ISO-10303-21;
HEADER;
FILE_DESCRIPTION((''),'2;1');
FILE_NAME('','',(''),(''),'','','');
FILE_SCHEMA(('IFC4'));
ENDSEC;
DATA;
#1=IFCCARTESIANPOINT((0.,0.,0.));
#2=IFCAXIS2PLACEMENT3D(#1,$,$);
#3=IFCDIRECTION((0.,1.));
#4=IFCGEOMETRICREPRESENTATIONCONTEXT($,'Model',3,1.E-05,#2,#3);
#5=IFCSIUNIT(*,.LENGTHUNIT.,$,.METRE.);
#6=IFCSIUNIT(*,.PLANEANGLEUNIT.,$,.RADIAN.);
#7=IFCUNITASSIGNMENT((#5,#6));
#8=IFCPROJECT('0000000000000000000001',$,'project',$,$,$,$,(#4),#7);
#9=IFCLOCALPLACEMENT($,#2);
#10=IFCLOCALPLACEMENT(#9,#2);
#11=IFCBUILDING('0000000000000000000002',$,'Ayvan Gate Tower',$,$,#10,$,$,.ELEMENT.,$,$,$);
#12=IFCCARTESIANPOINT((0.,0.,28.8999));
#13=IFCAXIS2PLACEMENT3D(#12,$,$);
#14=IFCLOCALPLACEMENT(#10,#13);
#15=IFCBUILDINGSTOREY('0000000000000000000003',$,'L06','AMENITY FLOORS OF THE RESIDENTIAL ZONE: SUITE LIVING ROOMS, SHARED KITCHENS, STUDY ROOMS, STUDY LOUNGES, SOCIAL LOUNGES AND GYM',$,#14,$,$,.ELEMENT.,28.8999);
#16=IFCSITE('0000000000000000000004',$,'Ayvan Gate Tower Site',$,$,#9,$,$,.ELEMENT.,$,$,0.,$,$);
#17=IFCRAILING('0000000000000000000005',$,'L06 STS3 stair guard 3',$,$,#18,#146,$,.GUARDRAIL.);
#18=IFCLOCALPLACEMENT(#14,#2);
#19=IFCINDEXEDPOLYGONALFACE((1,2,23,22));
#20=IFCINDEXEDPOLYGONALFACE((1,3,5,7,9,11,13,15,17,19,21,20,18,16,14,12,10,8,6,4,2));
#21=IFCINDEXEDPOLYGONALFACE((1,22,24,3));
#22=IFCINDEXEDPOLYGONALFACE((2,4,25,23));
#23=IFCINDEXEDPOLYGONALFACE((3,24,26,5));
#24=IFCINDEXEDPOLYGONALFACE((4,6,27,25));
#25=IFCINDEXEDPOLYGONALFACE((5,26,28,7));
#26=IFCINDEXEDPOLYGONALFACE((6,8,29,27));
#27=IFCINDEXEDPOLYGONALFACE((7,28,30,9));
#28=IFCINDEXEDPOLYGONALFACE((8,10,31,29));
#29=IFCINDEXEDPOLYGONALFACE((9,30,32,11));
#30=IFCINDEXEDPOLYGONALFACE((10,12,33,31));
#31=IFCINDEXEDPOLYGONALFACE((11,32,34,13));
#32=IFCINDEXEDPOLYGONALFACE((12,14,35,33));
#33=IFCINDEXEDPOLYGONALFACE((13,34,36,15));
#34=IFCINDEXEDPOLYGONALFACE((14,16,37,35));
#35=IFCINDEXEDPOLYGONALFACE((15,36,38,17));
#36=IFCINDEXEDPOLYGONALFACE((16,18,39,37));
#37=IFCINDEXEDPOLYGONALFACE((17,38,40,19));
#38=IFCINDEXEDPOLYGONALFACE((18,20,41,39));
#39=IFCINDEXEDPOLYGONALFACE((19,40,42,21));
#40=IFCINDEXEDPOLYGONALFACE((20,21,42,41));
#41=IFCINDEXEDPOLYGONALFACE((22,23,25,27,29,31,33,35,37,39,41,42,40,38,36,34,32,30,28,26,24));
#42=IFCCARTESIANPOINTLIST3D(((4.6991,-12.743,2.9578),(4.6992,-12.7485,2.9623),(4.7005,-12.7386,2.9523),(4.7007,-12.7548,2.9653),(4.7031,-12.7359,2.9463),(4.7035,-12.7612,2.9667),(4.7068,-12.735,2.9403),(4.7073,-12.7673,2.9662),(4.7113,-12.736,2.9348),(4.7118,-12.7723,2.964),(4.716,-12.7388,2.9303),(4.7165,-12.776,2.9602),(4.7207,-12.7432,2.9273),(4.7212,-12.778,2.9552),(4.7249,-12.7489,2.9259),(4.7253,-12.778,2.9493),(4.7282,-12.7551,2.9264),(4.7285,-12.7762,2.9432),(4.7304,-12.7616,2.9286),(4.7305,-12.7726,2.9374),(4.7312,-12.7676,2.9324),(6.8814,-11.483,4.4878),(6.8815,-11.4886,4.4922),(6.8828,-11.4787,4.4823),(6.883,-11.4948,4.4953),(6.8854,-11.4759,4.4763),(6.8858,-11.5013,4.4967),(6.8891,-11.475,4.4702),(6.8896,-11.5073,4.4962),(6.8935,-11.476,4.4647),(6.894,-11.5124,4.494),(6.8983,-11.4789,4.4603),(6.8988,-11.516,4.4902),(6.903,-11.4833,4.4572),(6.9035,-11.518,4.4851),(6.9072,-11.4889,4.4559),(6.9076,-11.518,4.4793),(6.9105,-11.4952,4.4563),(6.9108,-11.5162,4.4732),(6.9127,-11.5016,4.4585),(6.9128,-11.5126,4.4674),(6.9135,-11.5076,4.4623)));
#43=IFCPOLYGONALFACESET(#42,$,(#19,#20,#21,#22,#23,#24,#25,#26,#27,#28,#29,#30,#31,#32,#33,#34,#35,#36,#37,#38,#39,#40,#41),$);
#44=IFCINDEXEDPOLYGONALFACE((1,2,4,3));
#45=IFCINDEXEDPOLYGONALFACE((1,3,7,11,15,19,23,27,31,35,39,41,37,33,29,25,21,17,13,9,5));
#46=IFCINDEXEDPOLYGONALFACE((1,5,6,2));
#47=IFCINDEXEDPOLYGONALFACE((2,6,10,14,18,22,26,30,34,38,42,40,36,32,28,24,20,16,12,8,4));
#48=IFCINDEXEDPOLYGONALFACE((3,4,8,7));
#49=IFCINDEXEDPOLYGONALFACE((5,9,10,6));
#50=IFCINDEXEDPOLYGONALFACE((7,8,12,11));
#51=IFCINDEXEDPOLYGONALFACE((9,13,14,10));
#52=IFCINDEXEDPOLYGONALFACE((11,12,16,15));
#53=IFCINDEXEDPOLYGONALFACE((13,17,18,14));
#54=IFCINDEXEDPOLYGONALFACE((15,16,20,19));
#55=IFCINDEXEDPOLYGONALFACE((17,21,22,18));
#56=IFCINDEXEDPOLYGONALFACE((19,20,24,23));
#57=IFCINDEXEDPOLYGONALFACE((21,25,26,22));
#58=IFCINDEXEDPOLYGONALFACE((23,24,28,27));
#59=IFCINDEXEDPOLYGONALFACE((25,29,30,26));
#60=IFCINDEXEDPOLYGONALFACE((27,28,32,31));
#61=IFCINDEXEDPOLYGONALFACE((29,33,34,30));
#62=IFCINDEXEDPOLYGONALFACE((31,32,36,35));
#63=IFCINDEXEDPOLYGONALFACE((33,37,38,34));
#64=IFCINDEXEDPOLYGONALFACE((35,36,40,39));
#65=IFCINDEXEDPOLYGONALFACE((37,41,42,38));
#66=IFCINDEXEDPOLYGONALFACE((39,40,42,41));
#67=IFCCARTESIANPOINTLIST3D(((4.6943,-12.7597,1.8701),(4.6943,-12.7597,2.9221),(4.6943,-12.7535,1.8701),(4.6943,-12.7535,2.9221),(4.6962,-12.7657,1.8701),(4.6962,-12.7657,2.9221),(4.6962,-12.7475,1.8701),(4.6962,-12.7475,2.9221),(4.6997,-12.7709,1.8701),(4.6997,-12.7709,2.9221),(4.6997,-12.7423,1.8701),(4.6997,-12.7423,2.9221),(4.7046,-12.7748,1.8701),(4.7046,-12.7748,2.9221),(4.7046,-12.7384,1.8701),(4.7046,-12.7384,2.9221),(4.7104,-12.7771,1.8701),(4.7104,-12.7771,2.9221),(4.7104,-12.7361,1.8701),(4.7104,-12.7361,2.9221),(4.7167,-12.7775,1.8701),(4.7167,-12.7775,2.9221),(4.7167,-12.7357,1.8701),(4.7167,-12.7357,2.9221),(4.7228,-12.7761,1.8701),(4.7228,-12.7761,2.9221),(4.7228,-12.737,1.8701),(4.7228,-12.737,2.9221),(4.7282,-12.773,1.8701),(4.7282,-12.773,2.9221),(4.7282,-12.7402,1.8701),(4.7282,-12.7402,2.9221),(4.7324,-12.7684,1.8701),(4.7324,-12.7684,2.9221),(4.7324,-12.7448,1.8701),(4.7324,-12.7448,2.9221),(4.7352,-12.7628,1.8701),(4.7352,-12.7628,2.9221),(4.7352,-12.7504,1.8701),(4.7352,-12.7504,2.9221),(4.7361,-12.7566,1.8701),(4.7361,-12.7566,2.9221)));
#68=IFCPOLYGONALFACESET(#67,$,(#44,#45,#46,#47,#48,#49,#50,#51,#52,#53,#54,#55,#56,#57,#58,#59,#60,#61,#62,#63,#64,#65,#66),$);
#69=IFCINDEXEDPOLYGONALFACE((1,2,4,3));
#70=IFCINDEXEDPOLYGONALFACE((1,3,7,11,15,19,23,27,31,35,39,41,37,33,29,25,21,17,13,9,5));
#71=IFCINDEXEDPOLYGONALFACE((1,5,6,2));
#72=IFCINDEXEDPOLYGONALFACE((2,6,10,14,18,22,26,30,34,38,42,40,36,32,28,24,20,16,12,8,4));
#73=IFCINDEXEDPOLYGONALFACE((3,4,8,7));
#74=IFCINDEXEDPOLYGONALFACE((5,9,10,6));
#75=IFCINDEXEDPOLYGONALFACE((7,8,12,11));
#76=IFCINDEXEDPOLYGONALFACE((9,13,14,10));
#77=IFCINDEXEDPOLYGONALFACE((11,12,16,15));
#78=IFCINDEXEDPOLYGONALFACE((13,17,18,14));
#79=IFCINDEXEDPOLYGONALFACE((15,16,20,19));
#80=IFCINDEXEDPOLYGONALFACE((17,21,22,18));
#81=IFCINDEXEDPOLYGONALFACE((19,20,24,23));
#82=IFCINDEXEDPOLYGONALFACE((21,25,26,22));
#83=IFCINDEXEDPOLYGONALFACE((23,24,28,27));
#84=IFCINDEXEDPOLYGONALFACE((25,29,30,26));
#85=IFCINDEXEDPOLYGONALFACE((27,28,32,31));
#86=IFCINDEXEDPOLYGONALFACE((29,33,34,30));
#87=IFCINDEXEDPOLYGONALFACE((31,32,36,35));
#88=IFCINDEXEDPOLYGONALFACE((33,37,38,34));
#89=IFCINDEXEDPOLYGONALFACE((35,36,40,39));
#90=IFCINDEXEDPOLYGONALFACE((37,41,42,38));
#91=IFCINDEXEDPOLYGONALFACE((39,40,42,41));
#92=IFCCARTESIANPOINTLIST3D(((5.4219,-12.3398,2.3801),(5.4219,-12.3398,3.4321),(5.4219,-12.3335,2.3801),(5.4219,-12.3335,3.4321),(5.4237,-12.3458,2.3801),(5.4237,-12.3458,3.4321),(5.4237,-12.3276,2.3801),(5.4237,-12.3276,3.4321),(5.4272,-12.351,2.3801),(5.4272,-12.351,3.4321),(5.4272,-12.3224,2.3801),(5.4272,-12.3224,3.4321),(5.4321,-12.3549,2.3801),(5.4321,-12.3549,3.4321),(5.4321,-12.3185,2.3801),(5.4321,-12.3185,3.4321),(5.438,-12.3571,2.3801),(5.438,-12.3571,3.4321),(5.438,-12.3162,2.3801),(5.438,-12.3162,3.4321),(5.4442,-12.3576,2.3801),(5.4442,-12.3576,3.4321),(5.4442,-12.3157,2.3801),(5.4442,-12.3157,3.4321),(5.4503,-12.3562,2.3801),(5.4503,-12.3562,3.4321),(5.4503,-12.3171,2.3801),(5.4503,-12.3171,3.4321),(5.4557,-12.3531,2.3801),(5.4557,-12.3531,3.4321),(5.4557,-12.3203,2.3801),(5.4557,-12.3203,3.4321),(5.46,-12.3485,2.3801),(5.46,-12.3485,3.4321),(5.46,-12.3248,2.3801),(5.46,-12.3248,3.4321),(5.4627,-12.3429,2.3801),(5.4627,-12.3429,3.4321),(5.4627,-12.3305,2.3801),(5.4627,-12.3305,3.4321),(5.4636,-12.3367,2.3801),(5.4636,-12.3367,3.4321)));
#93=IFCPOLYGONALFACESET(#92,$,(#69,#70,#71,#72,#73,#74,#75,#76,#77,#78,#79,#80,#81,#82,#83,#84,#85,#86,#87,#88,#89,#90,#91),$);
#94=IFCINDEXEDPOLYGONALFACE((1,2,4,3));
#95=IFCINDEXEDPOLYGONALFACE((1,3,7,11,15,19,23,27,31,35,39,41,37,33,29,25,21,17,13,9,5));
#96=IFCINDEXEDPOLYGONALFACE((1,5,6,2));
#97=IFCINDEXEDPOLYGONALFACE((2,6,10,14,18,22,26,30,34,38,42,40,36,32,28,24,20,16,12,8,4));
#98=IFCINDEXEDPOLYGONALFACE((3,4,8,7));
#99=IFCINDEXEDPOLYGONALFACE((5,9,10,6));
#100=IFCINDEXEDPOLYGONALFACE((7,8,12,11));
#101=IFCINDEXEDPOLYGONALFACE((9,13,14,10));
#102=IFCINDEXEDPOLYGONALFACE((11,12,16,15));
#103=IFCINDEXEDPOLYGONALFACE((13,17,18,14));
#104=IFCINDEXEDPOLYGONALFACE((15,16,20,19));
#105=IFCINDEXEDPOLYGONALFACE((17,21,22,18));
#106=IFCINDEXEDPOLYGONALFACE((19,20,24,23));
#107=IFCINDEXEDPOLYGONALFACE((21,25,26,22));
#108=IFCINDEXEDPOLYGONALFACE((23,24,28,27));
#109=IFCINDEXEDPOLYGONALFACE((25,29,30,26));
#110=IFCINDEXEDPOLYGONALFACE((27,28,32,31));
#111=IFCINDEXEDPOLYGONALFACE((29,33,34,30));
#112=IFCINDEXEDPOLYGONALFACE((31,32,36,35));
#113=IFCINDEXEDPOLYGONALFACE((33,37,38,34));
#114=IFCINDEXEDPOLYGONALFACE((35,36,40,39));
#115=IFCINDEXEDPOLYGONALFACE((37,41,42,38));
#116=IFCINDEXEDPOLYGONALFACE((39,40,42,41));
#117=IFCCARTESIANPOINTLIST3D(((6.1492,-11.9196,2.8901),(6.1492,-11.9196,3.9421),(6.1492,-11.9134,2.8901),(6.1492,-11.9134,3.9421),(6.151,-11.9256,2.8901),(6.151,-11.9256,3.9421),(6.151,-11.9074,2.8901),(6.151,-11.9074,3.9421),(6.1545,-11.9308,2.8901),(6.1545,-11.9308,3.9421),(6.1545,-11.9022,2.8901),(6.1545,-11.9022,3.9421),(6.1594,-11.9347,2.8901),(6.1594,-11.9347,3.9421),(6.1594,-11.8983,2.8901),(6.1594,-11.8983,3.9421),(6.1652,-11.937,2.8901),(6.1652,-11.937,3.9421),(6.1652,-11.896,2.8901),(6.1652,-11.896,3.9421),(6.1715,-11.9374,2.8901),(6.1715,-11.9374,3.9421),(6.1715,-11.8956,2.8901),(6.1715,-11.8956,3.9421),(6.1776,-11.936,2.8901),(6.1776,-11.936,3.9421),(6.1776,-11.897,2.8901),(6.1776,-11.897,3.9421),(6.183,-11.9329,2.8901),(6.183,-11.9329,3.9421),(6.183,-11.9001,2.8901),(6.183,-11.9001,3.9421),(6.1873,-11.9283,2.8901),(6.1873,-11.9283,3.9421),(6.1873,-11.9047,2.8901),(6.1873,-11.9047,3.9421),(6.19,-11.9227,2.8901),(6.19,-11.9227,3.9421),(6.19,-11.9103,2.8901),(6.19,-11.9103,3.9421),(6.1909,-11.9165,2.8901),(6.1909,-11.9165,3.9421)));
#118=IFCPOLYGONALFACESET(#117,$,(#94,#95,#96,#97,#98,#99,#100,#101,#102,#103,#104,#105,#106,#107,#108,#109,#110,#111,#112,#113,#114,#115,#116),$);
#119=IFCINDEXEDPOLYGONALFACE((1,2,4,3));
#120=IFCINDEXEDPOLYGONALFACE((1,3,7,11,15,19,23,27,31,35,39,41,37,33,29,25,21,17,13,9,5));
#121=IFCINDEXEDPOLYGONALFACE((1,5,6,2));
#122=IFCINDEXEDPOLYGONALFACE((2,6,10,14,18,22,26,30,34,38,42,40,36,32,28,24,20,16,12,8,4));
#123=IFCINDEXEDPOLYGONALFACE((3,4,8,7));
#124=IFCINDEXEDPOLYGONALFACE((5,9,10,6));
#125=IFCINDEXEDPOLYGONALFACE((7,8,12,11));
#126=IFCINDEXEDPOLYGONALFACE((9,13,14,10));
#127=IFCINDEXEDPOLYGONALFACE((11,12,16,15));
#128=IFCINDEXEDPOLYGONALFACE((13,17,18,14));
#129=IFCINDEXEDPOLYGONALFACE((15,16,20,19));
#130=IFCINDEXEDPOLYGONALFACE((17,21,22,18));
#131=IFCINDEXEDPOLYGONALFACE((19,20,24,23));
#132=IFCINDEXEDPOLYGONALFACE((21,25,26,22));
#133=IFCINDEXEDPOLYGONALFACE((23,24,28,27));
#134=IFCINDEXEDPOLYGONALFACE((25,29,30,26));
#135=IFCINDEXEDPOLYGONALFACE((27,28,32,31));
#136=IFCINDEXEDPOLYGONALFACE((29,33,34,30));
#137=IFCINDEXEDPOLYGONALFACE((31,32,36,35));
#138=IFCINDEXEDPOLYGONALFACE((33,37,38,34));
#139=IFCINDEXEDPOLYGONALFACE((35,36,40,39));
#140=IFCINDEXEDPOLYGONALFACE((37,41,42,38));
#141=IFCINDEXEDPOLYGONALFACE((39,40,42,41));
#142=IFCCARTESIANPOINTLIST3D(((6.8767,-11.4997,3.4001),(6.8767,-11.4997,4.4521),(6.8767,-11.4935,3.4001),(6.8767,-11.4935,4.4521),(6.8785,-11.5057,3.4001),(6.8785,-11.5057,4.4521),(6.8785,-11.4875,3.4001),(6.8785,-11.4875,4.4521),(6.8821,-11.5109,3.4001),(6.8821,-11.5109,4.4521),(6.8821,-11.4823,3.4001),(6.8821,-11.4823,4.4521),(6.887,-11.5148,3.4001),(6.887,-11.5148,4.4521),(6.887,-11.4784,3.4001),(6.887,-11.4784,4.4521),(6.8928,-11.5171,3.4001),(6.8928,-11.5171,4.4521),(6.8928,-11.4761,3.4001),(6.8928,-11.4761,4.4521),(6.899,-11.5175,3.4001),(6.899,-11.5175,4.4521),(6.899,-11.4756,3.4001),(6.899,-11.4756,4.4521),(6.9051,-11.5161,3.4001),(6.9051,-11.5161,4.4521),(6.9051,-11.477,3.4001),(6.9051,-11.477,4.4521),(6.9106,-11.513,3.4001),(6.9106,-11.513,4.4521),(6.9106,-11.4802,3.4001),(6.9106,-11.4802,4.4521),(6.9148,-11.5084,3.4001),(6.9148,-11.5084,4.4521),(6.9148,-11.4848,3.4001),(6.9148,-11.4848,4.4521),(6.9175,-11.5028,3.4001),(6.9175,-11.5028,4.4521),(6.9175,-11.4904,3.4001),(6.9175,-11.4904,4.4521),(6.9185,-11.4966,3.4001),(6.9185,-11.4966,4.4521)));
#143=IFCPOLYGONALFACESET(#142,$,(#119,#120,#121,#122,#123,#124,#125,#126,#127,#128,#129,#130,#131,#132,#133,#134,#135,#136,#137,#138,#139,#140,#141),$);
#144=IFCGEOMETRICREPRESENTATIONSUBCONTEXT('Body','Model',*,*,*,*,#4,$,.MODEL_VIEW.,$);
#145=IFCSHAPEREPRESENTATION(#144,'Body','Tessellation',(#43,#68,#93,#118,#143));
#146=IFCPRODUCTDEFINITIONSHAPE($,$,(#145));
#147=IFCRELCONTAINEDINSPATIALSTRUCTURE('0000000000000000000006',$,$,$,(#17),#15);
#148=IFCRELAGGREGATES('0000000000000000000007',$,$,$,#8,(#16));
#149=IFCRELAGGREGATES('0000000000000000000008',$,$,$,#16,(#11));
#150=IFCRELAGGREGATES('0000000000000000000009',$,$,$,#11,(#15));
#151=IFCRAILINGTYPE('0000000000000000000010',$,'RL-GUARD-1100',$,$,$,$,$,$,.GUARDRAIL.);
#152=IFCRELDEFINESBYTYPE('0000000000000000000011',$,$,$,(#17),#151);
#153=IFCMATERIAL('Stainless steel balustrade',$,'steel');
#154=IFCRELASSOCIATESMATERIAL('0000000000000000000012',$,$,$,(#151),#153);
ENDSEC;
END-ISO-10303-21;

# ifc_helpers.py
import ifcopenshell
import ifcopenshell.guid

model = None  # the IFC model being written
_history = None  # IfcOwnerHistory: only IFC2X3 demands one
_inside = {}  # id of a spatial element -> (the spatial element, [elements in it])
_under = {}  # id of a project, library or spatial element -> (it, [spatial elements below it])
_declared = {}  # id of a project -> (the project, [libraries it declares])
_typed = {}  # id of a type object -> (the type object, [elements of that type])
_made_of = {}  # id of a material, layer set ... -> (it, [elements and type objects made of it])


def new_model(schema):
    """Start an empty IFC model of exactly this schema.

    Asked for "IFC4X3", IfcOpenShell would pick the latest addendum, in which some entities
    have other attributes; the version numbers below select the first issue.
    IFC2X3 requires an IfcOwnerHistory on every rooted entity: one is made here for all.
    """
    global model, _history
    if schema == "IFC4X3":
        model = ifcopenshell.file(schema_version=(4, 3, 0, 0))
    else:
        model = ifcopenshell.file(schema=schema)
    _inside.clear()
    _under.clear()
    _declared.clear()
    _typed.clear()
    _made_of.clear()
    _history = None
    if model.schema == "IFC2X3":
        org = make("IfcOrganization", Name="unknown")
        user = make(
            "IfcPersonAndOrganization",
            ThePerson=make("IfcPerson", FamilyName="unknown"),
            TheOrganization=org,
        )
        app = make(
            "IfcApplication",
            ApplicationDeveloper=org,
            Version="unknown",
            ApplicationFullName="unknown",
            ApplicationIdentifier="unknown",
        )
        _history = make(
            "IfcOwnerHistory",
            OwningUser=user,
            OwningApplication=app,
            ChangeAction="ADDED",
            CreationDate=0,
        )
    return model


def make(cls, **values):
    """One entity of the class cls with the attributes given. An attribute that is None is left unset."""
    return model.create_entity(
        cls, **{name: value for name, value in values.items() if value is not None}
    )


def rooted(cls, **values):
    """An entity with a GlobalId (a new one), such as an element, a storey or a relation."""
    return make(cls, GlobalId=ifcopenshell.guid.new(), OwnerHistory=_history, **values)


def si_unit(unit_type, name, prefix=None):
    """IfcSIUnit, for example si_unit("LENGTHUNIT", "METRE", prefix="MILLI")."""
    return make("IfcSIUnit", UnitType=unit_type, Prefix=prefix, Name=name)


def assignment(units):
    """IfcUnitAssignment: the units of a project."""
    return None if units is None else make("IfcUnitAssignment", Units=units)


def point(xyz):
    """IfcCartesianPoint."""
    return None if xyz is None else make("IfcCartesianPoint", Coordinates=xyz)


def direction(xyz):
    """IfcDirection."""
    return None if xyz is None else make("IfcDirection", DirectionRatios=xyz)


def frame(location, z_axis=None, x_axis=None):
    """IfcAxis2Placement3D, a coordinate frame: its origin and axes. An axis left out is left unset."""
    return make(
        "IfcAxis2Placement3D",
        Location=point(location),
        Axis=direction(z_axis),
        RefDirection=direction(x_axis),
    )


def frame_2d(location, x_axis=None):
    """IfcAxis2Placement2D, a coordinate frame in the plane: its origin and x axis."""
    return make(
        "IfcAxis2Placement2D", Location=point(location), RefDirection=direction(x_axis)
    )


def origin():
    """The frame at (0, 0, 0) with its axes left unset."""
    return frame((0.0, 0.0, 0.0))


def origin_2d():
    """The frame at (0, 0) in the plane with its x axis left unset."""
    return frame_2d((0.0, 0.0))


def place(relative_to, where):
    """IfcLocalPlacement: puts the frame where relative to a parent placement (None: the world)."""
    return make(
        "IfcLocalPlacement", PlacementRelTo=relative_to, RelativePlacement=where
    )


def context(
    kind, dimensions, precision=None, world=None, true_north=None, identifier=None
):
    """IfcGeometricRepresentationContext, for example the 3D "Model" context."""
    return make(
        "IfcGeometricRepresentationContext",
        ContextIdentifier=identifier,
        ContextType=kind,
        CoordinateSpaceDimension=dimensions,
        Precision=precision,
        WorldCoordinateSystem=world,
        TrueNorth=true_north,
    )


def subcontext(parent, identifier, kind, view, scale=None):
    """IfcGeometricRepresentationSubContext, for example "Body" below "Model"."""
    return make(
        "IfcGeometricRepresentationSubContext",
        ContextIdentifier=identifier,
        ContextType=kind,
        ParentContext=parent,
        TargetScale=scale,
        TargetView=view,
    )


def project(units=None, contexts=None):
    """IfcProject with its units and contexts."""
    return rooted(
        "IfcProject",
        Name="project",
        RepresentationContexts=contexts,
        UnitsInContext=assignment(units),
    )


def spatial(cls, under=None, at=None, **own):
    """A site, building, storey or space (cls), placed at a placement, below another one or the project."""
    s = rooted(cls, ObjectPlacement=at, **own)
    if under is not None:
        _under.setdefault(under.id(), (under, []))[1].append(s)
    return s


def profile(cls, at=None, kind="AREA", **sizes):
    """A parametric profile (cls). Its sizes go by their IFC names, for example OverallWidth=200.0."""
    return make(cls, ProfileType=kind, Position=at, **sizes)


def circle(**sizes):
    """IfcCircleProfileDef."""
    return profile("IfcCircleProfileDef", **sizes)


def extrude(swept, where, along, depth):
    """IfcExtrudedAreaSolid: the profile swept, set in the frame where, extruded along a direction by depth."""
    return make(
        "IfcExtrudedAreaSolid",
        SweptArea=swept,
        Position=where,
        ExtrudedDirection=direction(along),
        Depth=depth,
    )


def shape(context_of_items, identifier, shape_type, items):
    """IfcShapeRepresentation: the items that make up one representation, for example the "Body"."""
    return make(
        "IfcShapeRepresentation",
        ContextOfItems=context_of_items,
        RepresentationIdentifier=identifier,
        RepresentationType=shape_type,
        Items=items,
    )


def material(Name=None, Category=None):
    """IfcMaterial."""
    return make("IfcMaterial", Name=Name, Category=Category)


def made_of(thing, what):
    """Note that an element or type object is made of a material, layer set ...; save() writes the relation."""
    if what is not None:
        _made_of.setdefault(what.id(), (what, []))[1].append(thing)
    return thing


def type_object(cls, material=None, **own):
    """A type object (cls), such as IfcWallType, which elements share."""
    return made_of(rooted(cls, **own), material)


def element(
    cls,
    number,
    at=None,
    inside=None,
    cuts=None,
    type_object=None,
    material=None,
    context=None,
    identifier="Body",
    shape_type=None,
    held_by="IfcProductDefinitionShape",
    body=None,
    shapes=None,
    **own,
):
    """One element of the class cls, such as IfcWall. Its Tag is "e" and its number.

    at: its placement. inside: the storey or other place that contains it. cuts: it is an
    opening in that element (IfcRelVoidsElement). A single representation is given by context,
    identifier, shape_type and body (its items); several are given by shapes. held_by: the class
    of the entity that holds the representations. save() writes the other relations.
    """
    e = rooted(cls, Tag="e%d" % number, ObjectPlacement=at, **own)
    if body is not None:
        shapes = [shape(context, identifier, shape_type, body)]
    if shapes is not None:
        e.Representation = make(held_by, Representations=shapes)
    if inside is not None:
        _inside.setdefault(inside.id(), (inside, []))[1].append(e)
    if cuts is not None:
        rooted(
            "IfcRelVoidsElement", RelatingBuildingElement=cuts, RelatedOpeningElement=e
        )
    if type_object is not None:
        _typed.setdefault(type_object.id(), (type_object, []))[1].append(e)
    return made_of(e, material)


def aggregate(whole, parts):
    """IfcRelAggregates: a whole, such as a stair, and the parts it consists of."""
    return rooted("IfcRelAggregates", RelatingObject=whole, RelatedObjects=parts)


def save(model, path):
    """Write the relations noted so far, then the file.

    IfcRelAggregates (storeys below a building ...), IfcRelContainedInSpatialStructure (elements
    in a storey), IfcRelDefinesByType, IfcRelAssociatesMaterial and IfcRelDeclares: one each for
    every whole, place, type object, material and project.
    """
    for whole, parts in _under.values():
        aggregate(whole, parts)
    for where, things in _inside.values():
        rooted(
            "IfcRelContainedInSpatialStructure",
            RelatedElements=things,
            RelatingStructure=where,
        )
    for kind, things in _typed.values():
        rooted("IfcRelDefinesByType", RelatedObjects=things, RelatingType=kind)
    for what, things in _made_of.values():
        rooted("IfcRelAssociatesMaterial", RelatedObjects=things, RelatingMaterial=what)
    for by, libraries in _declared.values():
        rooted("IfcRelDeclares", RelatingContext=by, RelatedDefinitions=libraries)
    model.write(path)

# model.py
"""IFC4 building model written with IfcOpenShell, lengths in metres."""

from ifc_helpers import new_model, si_unit, direction, frame, origin, origin_2d, place, context, subcontext, project, spatial, circle, extrude, material, type_object, element, save


model = new_model("IFC4")

# Units and contexts
model_context = context("Model", 3, precision=1e-05, world=origin(), true_north=direction((0.0, 1.0)))
body_context = subcontext(model_context, "Body", "Model", "MODEL_VIEW")
ifc_project = project(units=[si_unit("LENGTHUNIT", "METRE"), si_unit("PLANEANGLEUNIT", "RADIAN")], contexts=[model_context])

# Site, building, storey
site_placement = place(None, origin())
site = spatial("IfcSite", under=ifc_project, at=site_placement, Name="Ayvan Gate Tower Site", CompositionType="ELEMENT", RefElevation=0.0)
building_placement = place(site_placement, origin())
building = spatial("IfcBuilding", under=site, at=building_placement, Name="Ayvan Gate Tower", CompositionType="ELEMENT")
storey_placement = place(building_placement, frame((0.0, 0.0, 28.8999)))
storey = spatial("IfcBuildingStorey", under=building, at=storey_placement, Name="L06", Description="AMENITY FLOORS OF THE RESIDENTIAL ZONE: SUITE LIVING ROOMS, SHARED KITCHENS, STUDY ROOMS, STUDY LOUNGES, SOCIAL LOUNGES AND GYM", CompositionType="ELEMENT", Elevation=28.8999)

# Railing
ifc_material_1 = material(Name="Stainless steel balustrade", Category="steel")
railing_type_1 = type_object("IfcRailingType", Name="RL-GUARD-1100", PredefinedType="GUARDRAIL", material=ifc_material_1)
railing_1_placement = place(storey_placement, frame((4.7151, -12.7566, 1.8701)))
element("IfcRailing", 1, at=railing_1_placement, inside=storey, type_object=railing_type_1, Name="L06 STS3 stair guard 3", PredefinedType="GUARDRAIL", context=body_context, shape_type="SweptSolid", body=[
    extrude(circle(Radius=0.0239, at=origin_2d()), frame((0.0, 0.0, 1.0762), z_axis=(0.740261, 0.427395, 0.518986), x_axis=(-0.500005, 0.866023, 0.0)), (0.0, 0.0, 1.0), 2.948),
    extrude(circle(Radius=0.021, at=origin_2d()), origin(), (0.0, 0.0, 1.0), 1.052),
    extrude(circle(Radius=0.021, at=origin_2d()), frame((0.7275, 0.4199, 0.51)), (0.0, 0.0, 1.0), 1.052),
    extrude(circle(Radius=0.021, at=origin_2d()), frame((1.4548, 0.8401, 1.02)), (0.0, 0.0, 1.0), 1.052),
    extrude(circle(Radius=0.021, at=origin_2d()), frame((2.1824, 1.26, 1.53)), (0.0, 0.0, 1.0), 1.052),
])

save(model, "model.ifc")
